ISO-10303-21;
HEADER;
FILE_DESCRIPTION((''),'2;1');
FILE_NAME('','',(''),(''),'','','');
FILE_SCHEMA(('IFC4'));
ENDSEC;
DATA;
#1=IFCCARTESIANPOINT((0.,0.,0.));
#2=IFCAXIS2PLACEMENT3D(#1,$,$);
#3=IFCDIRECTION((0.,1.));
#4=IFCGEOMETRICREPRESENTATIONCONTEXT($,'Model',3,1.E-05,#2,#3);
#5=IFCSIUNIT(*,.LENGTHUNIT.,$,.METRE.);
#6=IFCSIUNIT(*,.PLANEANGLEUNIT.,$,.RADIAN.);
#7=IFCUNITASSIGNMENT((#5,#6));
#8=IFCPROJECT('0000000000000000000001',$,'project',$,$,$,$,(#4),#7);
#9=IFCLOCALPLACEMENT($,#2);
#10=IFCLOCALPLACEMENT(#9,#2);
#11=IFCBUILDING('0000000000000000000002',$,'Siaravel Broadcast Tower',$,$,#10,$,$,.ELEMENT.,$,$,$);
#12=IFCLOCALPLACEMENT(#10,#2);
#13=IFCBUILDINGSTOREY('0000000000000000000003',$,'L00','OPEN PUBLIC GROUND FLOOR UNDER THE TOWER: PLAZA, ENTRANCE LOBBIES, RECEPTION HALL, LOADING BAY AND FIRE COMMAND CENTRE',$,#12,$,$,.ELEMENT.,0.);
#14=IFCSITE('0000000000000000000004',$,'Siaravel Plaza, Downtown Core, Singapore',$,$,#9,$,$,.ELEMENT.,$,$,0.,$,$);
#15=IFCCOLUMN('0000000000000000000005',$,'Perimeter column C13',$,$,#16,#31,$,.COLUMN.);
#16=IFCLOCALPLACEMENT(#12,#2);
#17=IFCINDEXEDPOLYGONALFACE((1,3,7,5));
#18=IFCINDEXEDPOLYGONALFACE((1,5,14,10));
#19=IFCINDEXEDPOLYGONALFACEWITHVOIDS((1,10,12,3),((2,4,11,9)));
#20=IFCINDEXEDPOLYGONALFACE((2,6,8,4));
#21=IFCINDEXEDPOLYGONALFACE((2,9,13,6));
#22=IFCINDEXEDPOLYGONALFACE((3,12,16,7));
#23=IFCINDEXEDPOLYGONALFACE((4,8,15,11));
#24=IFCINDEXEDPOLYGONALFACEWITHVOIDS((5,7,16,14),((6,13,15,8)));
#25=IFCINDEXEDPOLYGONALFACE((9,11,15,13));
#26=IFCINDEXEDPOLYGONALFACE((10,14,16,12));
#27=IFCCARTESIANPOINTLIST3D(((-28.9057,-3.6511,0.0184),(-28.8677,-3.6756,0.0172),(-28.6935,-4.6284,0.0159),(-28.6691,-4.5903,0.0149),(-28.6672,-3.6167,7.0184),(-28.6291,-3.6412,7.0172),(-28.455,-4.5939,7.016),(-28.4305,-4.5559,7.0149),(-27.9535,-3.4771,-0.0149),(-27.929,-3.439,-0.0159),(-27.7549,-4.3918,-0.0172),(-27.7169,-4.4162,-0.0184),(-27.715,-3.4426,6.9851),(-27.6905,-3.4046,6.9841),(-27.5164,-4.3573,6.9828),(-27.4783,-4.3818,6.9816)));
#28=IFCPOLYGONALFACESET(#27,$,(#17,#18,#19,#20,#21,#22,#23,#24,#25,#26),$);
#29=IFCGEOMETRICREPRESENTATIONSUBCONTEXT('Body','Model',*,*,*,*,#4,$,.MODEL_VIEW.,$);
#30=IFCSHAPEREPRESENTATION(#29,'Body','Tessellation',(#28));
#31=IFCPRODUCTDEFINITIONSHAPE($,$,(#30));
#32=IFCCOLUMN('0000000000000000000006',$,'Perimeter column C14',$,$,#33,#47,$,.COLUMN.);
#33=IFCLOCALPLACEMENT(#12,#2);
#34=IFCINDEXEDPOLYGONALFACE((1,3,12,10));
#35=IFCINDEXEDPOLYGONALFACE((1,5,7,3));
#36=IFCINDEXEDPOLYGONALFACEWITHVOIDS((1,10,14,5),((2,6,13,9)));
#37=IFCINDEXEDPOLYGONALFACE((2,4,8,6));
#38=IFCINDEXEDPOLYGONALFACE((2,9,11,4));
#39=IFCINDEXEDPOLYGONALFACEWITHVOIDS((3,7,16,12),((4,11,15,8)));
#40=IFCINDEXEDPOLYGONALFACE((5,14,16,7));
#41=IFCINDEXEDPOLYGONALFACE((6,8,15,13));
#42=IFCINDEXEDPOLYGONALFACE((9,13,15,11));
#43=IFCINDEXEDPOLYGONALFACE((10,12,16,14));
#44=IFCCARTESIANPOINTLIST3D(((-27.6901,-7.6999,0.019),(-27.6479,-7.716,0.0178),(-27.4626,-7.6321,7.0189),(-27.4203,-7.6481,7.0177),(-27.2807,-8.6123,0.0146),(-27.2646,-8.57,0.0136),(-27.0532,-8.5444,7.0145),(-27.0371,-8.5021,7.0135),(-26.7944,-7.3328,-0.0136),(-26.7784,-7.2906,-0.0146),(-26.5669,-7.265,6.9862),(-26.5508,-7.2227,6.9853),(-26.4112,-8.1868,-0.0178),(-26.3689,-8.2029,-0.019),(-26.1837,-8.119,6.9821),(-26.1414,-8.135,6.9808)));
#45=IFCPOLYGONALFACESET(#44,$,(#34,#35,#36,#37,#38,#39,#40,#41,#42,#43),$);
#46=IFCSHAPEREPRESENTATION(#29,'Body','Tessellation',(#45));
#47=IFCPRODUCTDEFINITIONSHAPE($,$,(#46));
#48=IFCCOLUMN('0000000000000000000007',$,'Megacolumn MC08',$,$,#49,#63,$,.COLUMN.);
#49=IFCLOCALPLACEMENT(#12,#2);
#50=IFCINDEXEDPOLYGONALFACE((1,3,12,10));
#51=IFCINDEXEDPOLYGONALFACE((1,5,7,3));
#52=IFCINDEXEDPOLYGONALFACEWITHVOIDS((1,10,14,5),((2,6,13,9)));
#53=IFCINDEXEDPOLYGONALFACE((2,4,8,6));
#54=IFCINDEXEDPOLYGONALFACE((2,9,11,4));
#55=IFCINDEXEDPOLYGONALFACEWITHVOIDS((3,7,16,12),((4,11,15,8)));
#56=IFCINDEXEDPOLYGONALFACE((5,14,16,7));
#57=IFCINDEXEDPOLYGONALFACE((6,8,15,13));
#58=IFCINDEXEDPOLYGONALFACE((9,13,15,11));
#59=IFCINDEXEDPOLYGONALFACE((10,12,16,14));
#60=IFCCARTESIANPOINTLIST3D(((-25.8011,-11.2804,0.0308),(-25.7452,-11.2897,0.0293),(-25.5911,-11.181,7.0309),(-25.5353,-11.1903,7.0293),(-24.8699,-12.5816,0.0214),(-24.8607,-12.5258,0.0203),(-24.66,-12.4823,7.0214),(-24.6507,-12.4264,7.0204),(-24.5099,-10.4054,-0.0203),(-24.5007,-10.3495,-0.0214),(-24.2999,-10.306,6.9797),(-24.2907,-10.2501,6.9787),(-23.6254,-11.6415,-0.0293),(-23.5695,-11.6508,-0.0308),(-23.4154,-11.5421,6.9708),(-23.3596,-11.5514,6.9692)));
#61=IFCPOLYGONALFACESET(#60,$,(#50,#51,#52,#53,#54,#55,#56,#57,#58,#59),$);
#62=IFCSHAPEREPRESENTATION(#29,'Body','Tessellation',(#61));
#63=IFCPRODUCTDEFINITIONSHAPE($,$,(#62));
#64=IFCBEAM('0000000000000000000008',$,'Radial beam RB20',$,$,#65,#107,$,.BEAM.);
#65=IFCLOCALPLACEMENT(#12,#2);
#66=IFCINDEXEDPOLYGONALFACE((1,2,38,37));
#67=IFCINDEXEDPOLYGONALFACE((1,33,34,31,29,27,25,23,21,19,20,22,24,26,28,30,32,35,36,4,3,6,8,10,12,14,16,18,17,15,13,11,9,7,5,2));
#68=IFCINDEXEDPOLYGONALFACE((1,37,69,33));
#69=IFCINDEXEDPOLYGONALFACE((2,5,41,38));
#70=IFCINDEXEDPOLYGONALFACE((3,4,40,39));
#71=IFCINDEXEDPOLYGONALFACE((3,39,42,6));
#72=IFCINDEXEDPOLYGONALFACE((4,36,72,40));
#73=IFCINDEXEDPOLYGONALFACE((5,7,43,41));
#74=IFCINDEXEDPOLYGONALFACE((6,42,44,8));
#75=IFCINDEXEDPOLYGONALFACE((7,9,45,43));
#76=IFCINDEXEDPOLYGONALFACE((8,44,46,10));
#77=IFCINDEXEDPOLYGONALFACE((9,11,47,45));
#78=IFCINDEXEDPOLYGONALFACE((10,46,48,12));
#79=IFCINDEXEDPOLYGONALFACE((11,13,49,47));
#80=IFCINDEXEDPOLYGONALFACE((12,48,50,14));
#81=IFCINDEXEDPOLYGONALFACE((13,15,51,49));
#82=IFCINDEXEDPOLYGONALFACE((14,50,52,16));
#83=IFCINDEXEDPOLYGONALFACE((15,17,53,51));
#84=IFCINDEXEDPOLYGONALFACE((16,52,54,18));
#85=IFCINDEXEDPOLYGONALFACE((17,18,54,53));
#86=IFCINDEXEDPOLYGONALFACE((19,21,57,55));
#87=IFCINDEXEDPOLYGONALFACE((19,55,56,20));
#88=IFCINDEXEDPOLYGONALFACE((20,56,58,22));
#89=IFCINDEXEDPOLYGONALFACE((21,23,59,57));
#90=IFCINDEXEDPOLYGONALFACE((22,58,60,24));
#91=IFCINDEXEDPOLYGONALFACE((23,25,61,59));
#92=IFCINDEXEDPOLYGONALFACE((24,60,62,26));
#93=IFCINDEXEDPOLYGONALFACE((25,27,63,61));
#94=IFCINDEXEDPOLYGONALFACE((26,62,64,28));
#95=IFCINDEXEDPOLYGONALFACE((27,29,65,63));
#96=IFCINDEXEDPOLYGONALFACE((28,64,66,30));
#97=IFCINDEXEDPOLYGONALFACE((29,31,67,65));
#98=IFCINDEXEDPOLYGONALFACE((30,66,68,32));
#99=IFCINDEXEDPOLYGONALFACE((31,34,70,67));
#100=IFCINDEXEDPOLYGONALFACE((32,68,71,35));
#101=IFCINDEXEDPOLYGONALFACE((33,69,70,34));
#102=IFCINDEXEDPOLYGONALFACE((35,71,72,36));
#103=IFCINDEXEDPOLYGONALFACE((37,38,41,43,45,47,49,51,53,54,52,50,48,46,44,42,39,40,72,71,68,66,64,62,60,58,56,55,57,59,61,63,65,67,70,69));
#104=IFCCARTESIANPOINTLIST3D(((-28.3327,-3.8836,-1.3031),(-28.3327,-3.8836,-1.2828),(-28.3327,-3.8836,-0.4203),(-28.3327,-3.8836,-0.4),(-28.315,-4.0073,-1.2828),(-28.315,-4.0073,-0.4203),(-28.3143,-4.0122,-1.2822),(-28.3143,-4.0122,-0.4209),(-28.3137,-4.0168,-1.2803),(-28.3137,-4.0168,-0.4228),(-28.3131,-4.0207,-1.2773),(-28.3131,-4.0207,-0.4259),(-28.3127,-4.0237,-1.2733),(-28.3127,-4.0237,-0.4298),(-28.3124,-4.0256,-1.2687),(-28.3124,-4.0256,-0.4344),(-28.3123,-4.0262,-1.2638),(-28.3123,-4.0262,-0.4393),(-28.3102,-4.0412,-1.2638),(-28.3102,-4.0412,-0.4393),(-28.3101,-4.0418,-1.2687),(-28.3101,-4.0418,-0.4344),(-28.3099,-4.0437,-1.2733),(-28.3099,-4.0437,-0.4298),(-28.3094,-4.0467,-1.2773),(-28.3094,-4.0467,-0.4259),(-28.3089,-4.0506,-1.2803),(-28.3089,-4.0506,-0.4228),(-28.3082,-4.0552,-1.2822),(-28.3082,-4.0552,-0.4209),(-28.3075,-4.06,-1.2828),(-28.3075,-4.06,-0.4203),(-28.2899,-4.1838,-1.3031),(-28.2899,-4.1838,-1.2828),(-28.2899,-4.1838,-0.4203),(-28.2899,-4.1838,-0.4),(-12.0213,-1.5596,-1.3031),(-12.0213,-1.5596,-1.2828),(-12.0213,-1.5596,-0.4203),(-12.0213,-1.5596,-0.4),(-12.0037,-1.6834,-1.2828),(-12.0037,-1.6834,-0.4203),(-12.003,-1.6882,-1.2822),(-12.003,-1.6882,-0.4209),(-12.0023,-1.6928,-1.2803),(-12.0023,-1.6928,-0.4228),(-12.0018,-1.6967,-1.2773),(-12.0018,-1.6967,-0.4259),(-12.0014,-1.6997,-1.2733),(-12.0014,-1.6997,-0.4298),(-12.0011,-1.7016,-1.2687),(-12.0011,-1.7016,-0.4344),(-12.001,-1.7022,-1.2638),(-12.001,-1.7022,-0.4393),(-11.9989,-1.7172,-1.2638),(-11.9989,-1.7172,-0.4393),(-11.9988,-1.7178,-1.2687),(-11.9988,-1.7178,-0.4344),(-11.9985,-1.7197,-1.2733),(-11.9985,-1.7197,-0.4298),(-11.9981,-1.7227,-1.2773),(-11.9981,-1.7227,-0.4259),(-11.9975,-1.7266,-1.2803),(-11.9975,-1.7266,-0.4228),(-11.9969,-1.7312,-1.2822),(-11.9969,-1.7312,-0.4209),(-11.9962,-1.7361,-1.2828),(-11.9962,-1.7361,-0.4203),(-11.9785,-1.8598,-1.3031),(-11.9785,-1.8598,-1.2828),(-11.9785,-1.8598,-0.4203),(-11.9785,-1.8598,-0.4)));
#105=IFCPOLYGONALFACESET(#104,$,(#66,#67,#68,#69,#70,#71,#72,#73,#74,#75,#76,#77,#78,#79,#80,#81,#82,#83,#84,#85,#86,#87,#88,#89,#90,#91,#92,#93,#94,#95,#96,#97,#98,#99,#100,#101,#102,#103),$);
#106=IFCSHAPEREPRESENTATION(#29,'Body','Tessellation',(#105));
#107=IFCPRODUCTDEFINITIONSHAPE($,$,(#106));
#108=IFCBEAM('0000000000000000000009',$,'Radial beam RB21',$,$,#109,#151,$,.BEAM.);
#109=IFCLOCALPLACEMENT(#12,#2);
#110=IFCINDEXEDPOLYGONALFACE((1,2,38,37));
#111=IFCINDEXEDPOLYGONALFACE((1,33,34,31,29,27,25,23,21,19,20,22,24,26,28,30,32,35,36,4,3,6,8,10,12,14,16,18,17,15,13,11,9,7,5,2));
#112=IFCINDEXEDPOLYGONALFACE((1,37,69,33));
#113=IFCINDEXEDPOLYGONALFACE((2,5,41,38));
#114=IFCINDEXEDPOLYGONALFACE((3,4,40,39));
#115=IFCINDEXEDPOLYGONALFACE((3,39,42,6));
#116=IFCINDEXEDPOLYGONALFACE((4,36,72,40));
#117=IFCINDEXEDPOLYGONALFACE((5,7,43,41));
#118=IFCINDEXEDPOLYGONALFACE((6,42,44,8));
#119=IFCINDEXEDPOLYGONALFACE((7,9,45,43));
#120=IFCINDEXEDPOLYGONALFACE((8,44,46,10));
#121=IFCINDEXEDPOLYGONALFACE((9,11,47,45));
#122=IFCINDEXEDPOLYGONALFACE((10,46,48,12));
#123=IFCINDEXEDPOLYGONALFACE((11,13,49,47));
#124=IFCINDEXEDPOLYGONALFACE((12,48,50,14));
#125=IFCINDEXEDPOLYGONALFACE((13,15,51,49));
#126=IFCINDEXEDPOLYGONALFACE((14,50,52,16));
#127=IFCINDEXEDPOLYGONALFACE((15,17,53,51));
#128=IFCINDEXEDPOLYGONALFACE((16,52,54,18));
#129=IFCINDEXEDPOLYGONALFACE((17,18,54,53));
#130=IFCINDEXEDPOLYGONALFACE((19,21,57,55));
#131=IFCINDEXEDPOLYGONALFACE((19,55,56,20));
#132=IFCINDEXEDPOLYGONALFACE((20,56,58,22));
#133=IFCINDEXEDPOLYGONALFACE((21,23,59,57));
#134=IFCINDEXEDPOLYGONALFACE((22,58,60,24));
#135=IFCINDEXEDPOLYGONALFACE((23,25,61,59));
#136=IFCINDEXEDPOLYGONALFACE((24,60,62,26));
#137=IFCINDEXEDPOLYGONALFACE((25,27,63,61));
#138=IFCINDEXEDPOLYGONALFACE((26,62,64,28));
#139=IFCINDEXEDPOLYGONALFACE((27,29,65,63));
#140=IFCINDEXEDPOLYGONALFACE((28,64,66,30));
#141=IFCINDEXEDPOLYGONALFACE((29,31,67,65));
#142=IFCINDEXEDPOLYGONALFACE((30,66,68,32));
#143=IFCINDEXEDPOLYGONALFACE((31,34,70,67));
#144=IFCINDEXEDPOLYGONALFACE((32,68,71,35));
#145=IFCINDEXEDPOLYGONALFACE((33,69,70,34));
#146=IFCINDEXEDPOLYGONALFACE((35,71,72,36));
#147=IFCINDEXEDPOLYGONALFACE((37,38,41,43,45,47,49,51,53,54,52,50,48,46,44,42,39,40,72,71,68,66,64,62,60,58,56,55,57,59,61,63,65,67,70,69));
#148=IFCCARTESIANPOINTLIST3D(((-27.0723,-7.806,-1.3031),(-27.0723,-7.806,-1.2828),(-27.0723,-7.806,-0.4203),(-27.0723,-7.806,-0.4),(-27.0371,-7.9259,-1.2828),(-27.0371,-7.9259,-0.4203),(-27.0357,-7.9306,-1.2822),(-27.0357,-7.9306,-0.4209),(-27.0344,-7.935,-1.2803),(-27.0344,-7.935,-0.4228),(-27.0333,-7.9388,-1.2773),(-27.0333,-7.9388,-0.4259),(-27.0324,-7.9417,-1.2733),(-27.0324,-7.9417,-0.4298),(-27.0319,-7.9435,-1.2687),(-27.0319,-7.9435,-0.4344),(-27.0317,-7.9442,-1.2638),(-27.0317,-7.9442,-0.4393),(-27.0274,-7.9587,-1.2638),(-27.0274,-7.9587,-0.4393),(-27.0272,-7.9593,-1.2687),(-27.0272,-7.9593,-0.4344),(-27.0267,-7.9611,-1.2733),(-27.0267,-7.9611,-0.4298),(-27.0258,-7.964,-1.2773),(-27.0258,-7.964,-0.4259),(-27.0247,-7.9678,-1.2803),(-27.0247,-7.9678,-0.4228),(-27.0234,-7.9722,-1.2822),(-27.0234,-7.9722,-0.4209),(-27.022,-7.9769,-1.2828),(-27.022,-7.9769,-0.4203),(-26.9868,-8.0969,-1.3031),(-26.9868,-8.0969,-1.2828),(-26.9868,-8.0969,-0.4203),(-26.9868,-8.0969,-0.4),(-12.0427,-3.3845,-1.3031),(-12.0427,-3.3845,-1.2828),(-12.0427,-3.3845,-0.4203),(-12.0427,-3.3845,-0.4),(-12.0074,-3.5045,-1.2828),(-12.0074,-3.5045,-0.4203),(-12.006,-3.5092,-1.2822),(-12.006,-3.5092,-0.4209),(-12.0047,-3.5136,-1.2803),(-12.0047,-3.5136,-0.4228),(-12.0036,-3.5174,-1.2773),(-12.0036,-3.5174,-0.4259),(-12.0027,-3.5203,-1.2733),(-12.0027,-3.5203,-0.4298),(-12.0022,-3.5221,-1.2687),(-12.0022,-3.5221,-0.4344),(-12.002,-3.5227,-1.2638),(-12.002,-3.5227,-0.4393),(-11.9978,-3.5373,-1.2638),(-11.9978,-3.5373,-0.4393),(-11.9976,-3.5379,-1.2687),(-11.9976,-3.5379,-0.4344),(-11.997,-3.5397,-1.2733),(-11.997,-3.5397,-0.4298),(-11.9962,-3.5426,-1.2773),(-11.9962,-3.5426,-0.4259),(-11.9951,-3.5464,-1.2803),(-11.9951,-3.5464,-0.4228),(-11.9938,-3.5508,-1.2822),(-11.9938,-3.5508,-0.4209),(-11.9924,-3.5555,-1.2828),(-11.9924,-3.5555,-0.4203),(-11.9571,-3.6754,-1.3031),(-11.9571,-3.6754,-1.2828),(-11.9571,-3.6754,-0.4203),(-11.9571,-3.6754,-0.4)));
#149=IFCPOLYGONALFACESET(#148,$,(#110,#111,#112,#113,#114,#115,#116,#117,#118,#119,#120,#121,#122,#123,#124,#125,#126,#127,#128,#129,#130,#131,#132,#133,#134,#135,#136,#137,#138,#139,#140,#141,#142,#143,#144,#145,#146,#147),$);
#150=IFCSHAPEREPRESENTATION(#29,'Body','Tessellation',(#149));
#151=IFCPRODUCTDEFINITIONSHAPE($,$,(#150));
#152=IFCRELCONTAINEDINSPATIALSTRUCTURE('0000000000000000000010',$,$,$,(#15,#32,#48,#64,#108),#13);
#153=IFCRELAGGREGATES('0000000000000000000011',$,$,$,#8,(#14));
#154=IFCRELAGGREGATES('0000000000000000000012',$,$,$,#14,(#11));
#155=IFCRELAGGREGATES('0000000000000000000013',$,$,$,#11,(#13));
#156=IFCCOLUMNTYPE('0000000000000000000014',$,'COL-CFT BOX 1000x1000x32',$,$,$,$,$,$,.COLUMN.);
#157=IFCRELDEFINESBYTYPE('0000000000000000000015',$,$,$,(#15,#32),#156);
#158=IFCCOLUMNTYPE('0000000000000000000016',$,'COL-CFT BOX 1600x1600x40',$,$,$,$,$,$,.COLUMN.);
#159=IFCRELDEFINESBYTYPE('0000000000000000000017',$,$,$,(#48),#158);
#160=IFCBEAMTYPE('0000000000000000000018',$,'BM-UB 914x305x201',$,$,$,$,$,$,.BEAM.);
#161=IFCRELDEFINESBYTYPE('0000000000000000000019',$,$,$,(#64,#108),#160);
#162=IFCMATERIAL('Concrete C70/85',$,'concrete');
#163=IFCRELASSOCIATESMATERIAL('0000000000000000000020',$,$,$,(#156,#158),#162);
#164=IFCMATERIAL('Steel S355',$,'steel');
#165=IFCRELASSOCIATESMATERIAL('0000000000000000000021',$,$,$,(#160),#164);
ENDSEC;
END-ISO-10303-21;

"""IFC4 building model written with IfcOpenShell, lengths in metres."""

from ifc_helpers import new_model, si_unit, direction, frame, origin, origin_2d, place, context, subcontext, project, spatial, hollow_rectangle, i_section, extrude, material, material_profile, profile_set, type_object, element, save


model = new_model("IFC4")

# Units and contexts
model_context = context("Model", 3, precision=1e-05, world=origin(), true_north=direction((0.0, 1.0)))
body_context = subcontext(model_context, "Body", "Model", "MODEL_VIEW")
ifc_project = project(units=[si_unit("LENGTHUNIT", "METRE"), si_unit("PLANEANGLEUNIT", "RADIAN")], contexts=[model_context])

# Site, building, storey
site_placement = place(None, origin())
site = spatial("IfcSite", under=ifc_project, at=site_placement, Name="Siaravel Plaza, Downtown Core, Singapore", CompositionType="ELEMENT", RefElevation=0.0)
building_placement = place(site_placement, origin())
building = spatial("IfcBuilding", under=site, at=building_placement, Name="Siaravel Broadcast Tower", CompositionType="ELEMENT")
storey_placement = place(building_placement, origin())
storey = spatial("IfcBuildingStorey", under=building, at=storey_placement, Name="L00", Description="OPEN PUBLIC GROUND FLOOR UNDER THE TOWER: PLAZA, ENTRANCE LOBBIES, RECEPTION HALL, LOADING BAY AND FIRE COMMAND CENTRE", CompositionType="ELEMENT", Elevation=0.0)

# Columns
ifc_material_1 = material(Name="Concrete C70/85", Category="concrete")
ifc_material_profile_1 = material_profile(ifc_material_1, hollow_rectangle(XDim=1.0, YDim=1.0, WallThickness=0.032, at=origin_2d()))
ifc_profile_set_1 = profile_set([ifc_material_profile_1], Name="Concrete C70/85")
column_type_1 = type_object("IfcColumnType", Name="COL-CFT BOX 1000x1000x32", PredefinedType="COLUMN", material=ifc_profile_set_1)
column_1_placement = place(storey_placement, frame((-28.3113, -4.0337, 0.0), z_axis=(0.034055, 0.004915, 0.999408), x_axis=(-0.212174, 0.977229, 0.002424)))
element("IfcColumn", 1, at=column_1_placement, inside=storey, type_object=column_type_1, Name="Perimeter column C13", PredefinedType="COLUMN", context=body_context, shape_type="SweptSolid", body=[
    extrude(hollow_rectangle(XDim=1.0, YDim=1.0, WallThickness=0.032, at=origin_2d()), origin(), (0.0, 0.0, 1.0), 7.0042),
])
column_2_placement = place(storey_placement, frame((-27.0295, -7.9514, 0.0), z_axis=(0.032487, 0.00969, 0.999425), x_axis=(-0.409436, 0.912328, 0.004463)))
element("IfcColumn", 2, at=column_2_placement, inside=storey, type_object=column_type_1, Name="Perimeter column C14", PredefinedType="COLUMN", context=body_context, shape_type="SweptSolid", body=[
    extrude(hollow_rectangle(XDim=1.0, YDim=1.0, WallThickness=0.032, at=origin_2d()), origin(), (0.0, 0.0, 1.0), 7.0039),
])
ifc_material_profile_2 = material_profile(ifc_material_1, hollow_rectangle(XDim=1.6001, YDim=1.6001, WallThickness=0.04, at=origin_2d()))
ifc_profile_set_2 = profile_set([ifc_material_profile_2], Name="Concrete C70/85")
column_type_2 = type_object("IfcColumnType", Name="COL-CFT BOX 1600x1600x40", PredefinedType="COLUMN", material=ifc_profile_set_2)
column_3_placement = place(storey_placement, frame((-24.6853, -11.4656, 0.0), z_axis=(0.029978, 0.014187, 0.99945), x_axis=(-0.581908, 0.813233, 0.00591)))
element("IfcColumn", 3, at=column_3_placement, inside=storey, type_object=column_type_2, Name="Megacolumn MC08", PredefinedType="COLUMN", context=body_context, shape_type="SweptSolid", body=[
    extrude(hollow_rectangle(XDim=1.6001, YDim=1.6001, WallThickness=0.04, at=origin_2d()), origin(), (0.0, 0.0, 1.0), 7.0039),
])

# Beams
ifc_material_2 = material(Name="Steel S355", Category="steel")
ifc_material_profile_3 = material_profile(ifc_material_2, i_section(OverallWidth=0.3032, OverallDepth=0.9031, WebThickness=0.0151, FlangeThickness=0.0203, FilletRadius=0.019, at=origin_2d()))
ifc_profile_set_3 = profile_set([ifc_material_profile_3], Name="Steel S355")
beam_type = type_object("IfcBeamType", Name="BM-UB 914x305x201", PredefinedType="BEAM", material=ifc_profile_set_3)
beam_1_placement = place(storey_placement, frame((-28.3113, -4.0337, -0.8516), z_axis=(0.990002, 0.141052, 0.0), x_axis=(-0.141052, 0.990002, 0.0)))
element("IfcBeam", 4, at=beam_1_placement, inside=storey, type_object=beam_type, Name="Radial beam RB20", PredefinedType="BEAM", context=body_context, shape_type="SweptSolid", body=[
    extrude(i_section(OverallWidth=0.3032, OverallDepth=0.9031, WebThickness=0.0151, FlangeThickness=0.0203, FilletRadius=0.019, at=origin_2d()), origin(), (0.0, 0.0, 1.0), 16.4761),
])
beam_2_placement = place(storey_placement, frame((-27.0295, -7.9514, -0.8516), z_axis=(0.959349, 0.282221, 0.0), x_axis=(-0.282221, 0.959349, 0.0)))
element("IfcBeam", 5, at=beam_2_placement, inside=storey, type_object=beam_type, Name="Radial beam RB21", PredefinedType="BEAM", context=body_context, shape_type="SweptSolid", body=[
    extrude(i_section(OverallWidth=0.3032, OverallDepth=0.9031, WebThickness=0.0151, FlangeThickness=0.0203, FilletRadius=0.019, at=origin_2d()), origin(), (0.0, 0.0, 1.0), 15.6665),
])

save(model, "model.ifc")
